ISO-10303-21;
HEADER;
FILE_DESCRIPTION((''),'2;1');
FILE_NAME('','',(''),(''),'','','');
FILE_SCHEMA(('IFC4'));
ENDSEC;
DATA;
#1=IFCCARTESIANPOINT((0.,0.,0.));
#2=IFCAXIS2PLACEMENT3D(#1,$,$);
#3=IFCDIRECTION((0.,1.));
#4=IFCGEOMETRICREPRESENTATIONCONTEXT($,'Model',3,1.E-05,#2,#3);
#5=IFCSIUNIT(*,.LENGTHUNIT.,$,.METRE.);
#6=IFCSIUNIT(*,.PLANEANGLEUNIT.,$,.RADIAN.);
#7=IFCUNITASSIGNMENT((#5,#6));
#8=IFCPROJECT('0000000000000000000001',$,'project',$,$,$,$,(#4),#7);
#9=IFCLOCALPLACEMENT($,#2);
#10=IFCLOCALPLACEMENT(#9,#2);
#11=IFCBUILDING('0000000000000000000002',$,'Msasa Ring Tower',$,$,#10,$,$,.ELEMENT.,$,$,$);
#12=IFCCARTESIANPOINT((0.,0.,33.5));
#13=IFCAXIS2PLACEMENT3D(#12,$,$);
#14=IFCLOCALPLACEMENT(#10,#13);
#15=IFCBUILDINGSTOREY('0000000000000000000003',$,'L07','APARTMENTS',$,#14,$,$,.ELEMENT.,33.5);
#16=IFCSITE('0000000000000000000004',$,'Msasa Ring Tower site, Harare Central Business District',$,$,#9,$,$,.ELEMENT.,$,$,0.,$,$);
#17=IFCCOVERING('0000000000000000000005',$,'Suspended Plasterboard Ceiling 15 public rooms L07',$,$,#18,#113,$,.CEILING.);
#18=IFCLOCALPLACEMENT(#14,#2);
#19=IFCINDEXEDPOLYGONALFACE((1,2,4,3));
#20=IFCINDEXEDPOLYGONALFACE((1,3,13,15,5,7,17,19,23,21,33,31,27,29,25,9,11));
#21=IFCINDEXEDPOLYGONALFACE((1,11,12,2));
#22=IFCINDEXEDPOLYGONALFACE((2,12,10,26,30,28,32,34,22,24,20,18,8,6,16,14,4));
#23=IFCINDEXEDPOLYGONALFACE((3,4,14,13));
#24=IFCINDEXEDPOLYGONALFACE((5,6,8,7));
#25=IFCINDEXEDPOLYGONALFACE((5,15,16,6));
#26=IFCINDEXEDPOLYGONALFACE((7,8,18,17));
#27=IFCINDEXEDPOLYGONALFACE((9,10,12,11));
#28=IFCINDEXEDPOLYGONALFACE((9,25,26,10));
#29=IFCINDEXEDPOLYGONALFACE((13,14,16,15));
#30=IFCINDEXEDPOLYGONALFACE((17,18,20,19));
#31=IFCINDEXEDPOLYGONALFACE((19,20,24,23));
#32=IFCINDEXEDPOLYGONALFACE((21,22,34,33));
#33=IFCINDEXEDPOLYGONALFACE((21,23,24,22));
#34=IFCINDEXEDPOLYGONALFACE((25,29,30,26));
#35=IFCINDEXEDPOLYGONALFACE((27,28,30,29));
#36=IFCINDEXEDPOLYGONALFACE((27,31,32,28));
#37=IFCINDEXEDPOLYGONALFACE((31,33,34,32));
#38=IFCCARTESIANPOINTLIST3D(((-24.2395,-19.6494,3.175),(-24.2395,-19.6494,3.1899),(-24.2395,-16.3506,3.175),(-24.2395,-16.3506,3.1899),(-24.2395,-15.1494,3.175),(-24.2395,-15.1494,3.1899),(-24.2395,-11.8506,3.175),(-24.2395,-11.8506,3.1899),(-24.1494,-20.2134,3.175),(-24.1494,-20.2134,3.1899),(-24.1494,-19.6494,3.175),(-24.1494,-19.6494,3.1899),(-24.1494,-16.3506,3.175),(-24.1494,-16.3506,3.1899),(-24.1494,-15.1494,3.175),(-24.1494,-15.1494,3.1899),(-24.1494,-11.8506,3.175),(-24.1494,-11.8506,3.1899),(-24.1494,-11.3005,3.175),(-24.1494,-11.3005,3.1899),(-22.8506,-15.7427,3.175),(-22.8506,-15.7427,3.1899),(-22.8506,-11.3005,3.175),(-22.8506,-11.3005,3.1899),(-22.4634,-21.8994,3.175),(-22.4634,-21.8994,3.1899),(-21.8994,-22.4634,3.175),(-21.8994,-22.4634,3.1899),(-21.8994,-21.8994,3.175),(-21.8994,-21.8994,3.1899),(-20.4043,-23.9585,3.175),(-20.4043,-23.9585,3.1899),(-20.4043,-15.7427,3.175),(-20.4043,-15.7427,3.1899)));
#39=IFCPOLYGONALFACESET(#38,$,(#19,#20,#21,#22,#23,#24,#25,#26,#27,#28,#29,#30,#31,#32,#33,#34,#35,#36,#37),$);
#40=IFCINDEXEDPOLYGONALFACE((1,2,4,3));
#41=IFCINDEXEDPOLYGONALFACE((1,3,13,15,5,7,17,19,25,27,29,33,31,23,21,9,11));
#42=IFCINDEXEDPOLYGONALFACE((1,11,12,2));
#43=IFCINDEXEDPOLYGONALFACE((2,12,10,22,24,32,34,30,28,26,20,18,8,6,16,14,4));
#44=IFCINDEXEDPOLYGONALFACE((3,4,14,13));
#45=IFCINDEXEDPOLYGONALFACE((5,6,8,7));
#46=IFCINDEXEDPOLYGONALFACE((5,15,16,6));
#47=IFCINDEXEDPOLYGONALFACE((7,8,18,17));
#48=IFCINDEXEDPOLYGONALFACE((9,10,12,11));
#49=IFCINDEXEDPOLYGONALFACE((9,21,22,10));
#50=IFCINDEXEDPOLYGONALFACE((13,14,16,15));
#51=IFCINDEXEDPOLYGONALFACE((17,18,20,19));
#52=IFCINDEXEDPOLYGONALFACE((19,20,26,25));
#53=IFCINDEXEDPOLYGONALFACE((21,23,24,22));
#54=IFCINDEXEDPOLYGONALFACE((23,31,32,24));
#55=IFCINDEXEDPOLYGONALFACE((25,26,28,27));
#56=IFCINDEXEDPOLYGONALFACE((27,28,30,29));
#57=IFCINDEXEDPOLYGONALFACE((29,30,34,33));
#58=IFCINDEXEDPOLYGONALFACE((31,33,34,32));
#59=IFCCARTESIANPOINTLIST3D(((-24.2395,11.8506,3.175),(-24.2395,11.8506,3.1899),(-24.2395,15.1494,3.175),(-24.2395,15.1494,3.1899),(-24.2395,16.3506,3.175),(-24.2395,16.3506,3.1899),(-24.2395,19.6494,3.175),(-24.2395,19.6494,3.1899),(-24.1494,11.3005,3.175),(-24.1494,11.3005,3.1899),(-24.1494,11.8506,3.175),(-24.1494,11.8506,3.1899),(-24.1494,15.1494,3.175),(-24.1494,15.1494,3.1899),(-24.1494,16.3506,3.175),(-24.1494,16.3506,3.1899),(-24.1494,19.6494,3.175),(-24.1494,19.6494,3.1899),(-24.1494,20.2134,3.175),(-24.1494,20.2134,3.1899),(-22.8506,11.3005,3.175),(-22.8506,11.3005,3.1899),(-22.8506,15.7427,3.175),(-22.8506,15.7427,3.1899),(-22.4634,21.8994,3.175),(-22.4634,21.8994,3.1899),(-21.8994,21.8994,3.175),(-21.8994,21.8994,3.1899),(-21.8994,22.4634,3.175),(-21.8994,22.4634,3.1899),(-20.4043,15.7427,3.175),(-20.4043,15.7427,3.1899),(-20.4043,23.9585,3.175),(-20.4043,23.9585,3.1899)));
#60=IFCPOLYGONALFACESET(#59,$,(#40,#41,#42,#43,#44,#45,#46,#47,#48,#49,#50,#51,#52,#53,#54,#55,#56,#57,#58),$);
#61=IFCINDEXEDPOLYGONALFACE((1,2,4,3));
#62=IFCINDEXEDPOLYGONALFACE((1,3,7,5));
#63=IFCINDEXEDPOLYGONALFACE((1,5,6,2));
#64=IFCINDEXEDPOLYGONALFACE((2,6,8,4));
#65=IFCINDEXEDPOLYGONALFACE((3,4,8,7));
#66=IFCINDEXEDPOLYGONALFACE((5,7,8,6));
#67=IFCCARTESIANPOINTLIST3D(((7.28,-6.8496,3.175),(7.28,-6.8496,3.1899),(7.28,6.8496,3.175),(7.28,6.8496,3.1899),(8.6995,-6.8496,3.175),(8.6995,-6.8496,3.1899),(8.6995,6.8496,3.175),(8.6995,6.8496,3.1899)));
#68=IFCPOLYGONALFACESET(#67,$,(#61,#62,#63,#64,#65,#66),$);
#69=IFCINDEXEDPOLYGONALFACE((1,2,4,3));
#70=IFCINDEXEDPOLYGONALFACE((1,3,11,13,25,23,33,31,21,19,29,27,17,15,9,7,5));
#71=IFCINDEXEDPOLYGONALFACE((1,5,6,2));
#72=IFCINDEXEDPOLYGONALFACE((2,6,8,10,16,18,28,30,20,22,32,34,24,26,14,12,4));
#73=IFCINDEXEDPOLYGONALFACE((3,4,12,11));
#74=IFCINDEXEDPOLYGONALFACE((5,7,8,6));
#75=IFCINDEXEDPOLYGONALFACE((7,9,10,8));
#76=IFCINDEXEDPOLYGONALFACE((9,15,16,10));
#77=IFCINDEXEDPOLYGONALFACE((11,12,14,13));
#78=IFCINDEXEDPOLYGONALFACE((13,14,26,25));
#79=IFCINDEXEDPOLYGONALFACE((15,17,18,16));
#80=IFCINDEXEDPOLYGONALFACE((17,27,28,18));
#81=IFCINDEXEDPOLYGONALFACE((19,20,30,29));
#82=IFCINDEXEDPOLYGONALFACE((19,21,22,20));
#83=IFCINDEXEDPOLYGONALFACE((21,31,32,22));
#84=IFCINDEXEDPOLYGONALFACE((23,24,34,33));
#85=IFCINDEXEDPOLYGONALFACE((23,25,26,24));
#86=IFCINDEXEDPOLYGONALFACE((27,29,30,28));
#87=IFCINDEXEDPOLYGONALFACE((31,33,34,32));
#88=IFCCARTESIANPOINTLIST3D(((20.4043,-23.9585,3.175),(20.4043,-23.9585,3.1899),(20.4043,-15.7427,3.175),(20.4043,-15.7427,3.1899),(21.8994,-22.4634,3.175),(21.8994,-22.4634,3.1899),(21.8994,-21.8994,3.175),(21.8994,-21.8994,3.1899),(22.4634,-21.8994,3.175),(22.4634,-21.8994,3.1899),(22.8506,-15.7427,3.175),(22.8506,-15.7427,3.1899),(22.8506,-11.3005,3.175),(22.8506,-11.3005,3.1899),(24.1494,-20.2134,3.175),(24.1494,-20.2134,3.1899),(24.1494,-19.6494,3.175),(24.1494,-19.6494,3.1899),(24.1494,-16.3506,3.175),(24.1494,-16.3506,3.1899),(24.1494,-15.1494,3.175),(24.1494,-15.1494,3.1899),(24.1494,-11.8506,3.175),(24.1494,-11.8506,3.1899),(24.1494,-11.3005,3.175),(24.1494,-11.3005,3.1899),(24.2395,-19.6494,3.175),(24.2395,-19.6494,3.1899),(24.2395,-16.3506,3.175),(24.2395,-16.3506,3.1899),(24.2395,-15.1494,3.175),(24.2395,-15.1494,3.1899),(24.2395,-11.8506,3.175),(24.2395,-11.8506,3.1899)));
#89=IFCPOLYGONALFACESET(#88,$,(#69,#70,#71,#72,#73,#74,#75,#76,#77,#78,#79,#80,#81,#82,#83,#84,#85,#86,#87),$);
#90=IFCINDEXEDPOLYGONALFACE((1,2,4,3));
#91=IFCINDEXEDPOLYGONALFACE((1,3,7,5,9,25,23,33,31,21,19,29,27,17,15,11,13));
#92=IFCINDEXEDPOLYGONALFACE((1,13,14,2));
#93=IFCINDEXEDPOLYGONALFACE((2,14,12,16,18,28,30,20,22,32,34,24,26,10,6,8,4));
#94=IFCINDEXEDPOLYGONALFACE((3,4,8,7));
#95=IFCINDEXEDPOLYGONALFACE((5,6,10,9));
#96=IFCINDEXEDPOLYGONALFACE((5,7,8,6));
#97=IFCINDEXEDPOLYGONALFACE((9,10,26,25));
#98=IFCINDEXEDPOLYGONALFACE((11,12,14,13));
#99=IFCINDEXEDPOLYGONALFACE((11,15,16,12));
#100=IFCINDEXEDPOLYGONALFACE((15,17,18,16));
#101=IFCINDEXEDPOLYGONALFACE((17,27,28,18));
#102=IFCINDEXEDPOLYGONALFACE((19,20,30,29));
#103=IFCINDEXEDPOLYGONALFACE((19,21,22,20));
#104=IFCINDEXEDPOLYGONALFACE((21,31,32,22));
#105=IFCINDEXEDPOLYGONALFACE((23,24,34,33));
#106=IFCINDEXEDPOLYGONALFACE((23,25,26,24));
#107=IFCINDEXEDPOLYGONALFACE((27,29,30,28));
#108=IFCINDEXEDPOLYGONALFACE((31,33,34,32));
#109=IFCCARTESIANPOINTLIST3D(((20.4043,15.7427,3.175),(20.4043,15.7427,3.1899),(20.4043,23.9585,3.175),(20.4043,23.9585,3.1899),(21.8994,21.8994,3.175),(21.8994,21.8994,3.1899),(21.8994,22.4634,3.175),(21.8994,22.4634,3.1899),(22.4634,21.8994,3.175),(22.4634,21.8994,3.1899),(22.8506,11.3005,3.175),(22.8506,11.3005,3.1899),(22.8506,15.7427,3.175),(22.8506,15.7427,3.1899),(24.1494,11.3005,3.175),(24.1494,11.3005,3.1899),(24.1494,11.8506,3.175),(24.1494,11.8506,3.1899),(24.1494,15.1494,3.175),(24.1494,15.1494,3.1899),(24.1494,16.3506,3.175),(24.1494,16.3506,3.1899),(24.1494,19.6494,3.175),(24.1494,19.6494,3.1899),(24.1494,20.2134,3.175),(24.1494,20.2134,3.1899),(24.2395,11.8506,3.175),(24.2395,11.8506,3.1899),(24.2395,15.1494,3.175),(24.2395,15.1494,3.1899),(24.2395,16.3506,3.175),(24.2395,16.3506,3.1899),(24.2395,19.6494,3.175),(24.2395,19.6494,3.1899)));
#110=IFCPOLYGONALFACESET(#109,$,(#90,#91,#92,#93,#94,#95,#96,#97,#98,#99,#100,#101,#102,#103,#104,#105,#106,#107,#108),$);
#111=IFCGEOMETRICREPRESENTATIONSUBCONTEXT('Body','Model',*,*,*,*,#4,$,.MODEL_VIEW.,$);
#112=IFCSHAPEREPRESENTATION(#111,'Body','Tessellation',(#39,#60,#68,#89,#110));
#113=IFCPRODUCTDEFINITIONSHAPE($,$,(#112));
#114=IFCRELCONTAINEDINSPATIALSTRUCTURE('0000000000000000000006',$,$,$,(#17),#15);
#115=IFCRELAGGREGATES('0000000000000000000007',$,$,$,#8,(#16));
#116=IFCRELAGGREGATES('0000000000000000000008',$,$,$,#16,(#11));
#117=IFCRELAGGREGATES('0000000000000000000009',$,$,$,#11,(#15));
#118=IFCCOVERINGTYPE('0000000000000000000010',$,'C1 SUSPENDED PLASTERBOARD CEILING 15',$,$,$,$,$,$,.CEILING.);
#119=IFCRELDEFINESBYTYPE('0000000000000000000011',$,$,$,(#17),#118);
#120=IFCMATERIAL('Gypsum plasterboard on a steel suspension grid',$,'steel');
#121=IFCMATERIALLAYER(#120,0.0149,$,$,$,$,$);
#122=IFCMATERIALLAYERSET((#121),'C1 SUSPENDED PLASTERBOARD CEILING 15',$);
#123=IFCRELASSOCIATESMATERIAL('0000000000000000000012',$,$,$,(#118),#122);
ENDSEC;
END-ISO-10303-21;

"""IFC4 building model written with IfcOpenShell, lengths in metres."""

from ifc_helpers import new_model, si_unit, direction, frame, origin, place, context, subcontext, project, spatial, line, indexed_curve, outline, extrude, material, layer, layer_set, type_object, element, save


model = new_model("IFC4")

# Units and contexts
model_context = context("Model", 3, precision=1e-05, world=origin(), true_north=direction((0.0, 1.0)))
body_context = subcontext(model_context, "Body", "Model", "MODEL_VIEW")
ifc_project = project(units=[si_unit("LENGTHUNIT", "METRE"), si_unit("PLANEANGLEUNIT", "RADIAN")], contexts=[model_context])

# Site, building, storey
site_placement = place(None, origin())
site = spatial("IfcSite", under=ifc_project, at=site_placement, Name="Msasa Ring Tower site, Harare Central Business District", CompositionType="ELEMENT", RefElevation=0.0)
building_placement = place(site_placement, origin())
building = spatial("IfcBuilding", under=site, at=building_placement, Name="Msasa Ring Tower", CompositionType="ELEMENT")
storey_placement = place(building_placement, frame((0.0, 0.0, 33.5)))
storey = spatial("IfcBuildingStorey", under=building, at=storey_placement, Name="L07", Description="APARTMENTS", CompositionType="ELEMENT", Elevation=33.5)

# Covering
ifc_material_1 = material(Name="Gypsum plasterboard on a steel suspension grid", Category="steel")
ifc_layer_1 = layer(ifc_material_1, 0.0149)
ifc_layer_set_1 = layer_set([ifc_layer_1], Name="C1 SUSPENDED PLASTERBOARD CEILING 15")
covering_type_1 = type_object("IfcCoveringType", Name="C1 SUSPENDED PLASTERBOARD CEILING 15", PredefinedType="CEILING", material=ifc_layer_set_1)
covering_1_placement = place(storey_placement, frame((0.0, 0.0, 3.175)))
element("IfcCovering", 1, at=covering_1_placement, inside=storey, type_object=covering_type_1, Name="Suspended Plasterboard Ceiling 15 public rooms L07", PredefinedType="CEILING", context=body_context, shape_type="SweptSolid", body=[
    extrude(outline(indexed_curve([(-20.4043, -15.7427), (-20.4043, -23.9585), (-21.8994, -22.4634), (-21.8994, -21.8994), (-22.4634, -21.8994), (-24.1494, -20.2134), (-24.1494, -19.6494), (-24.2395, -19.6494), (-24.2395, -16.3506), (-24.1494, -16.3506), (-24.1494, -15.1494), (-24.2395, -15.1494), (-24.2395, -11.8506), (-24.1494, -11.8506), (-24.1494, -11.3005), (-22.8506, -11.3005), (-22.8506, -15.7427)], segments=[line(1, 2, 3, 4, 5, 6, 7, 8, 9, 10, 11, 12, 13, 14, 15, 16, 17, 1)], self_intersect=False)), origin(), (0.0, 0.0, 1.0), 0.0149),
    extrude(outline(indexed_curve([(-22.8506, 11.3005), (-24.1494, 11.3005), (-24.1494, 11.8506), (-24.2395, 11.8506), (-24.2395, 15.1494), (-24.1494, 15.1494), (-24.1494, 16.3506), (-24.2395, 16.3506), (-24.2395, 19.6494), (-24.1494, 19.6494), (-24.1494, 20.2134), (-22.4634, 21.8994), (-21.8994, 21.8994), (-21.8994, 22.4634), (-20.4043, 23.9585), (-20.4043, 15.7427), (-22.8506, 15.7427)], segments=[line(1, 2, 3, 4, 5, 6, 7, 8, 9, 10, 11, 12, 13, 14, 15, 16, 17, 1)], self_intersect=False)), origin(), (0.0, 0.0, 1.0), 0.0149),
    extrude(outline(indexed_curve([(8.6995, -6.8496), (7.28, -6.8496), (7.28, 6.8496), (8.6995, 6.8496)], segments=[line(1, 2, 3, 4, 1)], self_intersect=False)), origin(), (0.0, 0.0, 1.0), 0.0149),
    extrude(outline(indexed_curve([(22.8506, -15.7427), (22.8506, -11.3005), (24.1494, -11.3005), (24.1494, -11.8506), (24.2395, -11.8506), (24.2395, -15.1494), (24.1494, -15.1494), (24.1494, -16.3506), (24.2395, -16.3506), (24.2395, -19.6494), (24.1494, -19.6494), (24.1494, -20.2134), (22.4634, -21.8994), (21.8994, -21.8994), (21.8994, -22.4634), (20.4043, -23.9585), (20.4043, -15.7427)], segments=[line(1, 2, 3, 4, 5, 6, 7, 8, 9, 10, 11, 12, 13, 14, 15, 16, 17, 1)], self_intersect=False)), origin(), (0.0, 0.0, 1.0), 0.0149),
    extrude(outline(indexed_curve([(21.8994, 22.4634), (21.8994, 21.8994), (22.4634, 21.8994), (24.1494, 20.2134), (24.1494, 19.6494), (24.2395, 19.6494), (24.2395, 16.3506), (24.1494, 16.3506), (24.1494, 15.1494), (24.2395, 15.1494), (24.2395, 11.8506), (24.1494, 11.8506), (24.1494, 11.3005), (22.8506, 11.3005), (22.8506, 15.7427), (20.4043, 15.7427), (20.4043, 23.9585)], segments=[line(1, 2, 3, 4, 5, 6, 7, 8, 9, 10, 11, 12, 13, 14, 15, 16, 17, 1)], self_intersect=False)), origin(), (0.0, 0.0, 1.0), 0.0149),
])

save(model, "model.ifc")
